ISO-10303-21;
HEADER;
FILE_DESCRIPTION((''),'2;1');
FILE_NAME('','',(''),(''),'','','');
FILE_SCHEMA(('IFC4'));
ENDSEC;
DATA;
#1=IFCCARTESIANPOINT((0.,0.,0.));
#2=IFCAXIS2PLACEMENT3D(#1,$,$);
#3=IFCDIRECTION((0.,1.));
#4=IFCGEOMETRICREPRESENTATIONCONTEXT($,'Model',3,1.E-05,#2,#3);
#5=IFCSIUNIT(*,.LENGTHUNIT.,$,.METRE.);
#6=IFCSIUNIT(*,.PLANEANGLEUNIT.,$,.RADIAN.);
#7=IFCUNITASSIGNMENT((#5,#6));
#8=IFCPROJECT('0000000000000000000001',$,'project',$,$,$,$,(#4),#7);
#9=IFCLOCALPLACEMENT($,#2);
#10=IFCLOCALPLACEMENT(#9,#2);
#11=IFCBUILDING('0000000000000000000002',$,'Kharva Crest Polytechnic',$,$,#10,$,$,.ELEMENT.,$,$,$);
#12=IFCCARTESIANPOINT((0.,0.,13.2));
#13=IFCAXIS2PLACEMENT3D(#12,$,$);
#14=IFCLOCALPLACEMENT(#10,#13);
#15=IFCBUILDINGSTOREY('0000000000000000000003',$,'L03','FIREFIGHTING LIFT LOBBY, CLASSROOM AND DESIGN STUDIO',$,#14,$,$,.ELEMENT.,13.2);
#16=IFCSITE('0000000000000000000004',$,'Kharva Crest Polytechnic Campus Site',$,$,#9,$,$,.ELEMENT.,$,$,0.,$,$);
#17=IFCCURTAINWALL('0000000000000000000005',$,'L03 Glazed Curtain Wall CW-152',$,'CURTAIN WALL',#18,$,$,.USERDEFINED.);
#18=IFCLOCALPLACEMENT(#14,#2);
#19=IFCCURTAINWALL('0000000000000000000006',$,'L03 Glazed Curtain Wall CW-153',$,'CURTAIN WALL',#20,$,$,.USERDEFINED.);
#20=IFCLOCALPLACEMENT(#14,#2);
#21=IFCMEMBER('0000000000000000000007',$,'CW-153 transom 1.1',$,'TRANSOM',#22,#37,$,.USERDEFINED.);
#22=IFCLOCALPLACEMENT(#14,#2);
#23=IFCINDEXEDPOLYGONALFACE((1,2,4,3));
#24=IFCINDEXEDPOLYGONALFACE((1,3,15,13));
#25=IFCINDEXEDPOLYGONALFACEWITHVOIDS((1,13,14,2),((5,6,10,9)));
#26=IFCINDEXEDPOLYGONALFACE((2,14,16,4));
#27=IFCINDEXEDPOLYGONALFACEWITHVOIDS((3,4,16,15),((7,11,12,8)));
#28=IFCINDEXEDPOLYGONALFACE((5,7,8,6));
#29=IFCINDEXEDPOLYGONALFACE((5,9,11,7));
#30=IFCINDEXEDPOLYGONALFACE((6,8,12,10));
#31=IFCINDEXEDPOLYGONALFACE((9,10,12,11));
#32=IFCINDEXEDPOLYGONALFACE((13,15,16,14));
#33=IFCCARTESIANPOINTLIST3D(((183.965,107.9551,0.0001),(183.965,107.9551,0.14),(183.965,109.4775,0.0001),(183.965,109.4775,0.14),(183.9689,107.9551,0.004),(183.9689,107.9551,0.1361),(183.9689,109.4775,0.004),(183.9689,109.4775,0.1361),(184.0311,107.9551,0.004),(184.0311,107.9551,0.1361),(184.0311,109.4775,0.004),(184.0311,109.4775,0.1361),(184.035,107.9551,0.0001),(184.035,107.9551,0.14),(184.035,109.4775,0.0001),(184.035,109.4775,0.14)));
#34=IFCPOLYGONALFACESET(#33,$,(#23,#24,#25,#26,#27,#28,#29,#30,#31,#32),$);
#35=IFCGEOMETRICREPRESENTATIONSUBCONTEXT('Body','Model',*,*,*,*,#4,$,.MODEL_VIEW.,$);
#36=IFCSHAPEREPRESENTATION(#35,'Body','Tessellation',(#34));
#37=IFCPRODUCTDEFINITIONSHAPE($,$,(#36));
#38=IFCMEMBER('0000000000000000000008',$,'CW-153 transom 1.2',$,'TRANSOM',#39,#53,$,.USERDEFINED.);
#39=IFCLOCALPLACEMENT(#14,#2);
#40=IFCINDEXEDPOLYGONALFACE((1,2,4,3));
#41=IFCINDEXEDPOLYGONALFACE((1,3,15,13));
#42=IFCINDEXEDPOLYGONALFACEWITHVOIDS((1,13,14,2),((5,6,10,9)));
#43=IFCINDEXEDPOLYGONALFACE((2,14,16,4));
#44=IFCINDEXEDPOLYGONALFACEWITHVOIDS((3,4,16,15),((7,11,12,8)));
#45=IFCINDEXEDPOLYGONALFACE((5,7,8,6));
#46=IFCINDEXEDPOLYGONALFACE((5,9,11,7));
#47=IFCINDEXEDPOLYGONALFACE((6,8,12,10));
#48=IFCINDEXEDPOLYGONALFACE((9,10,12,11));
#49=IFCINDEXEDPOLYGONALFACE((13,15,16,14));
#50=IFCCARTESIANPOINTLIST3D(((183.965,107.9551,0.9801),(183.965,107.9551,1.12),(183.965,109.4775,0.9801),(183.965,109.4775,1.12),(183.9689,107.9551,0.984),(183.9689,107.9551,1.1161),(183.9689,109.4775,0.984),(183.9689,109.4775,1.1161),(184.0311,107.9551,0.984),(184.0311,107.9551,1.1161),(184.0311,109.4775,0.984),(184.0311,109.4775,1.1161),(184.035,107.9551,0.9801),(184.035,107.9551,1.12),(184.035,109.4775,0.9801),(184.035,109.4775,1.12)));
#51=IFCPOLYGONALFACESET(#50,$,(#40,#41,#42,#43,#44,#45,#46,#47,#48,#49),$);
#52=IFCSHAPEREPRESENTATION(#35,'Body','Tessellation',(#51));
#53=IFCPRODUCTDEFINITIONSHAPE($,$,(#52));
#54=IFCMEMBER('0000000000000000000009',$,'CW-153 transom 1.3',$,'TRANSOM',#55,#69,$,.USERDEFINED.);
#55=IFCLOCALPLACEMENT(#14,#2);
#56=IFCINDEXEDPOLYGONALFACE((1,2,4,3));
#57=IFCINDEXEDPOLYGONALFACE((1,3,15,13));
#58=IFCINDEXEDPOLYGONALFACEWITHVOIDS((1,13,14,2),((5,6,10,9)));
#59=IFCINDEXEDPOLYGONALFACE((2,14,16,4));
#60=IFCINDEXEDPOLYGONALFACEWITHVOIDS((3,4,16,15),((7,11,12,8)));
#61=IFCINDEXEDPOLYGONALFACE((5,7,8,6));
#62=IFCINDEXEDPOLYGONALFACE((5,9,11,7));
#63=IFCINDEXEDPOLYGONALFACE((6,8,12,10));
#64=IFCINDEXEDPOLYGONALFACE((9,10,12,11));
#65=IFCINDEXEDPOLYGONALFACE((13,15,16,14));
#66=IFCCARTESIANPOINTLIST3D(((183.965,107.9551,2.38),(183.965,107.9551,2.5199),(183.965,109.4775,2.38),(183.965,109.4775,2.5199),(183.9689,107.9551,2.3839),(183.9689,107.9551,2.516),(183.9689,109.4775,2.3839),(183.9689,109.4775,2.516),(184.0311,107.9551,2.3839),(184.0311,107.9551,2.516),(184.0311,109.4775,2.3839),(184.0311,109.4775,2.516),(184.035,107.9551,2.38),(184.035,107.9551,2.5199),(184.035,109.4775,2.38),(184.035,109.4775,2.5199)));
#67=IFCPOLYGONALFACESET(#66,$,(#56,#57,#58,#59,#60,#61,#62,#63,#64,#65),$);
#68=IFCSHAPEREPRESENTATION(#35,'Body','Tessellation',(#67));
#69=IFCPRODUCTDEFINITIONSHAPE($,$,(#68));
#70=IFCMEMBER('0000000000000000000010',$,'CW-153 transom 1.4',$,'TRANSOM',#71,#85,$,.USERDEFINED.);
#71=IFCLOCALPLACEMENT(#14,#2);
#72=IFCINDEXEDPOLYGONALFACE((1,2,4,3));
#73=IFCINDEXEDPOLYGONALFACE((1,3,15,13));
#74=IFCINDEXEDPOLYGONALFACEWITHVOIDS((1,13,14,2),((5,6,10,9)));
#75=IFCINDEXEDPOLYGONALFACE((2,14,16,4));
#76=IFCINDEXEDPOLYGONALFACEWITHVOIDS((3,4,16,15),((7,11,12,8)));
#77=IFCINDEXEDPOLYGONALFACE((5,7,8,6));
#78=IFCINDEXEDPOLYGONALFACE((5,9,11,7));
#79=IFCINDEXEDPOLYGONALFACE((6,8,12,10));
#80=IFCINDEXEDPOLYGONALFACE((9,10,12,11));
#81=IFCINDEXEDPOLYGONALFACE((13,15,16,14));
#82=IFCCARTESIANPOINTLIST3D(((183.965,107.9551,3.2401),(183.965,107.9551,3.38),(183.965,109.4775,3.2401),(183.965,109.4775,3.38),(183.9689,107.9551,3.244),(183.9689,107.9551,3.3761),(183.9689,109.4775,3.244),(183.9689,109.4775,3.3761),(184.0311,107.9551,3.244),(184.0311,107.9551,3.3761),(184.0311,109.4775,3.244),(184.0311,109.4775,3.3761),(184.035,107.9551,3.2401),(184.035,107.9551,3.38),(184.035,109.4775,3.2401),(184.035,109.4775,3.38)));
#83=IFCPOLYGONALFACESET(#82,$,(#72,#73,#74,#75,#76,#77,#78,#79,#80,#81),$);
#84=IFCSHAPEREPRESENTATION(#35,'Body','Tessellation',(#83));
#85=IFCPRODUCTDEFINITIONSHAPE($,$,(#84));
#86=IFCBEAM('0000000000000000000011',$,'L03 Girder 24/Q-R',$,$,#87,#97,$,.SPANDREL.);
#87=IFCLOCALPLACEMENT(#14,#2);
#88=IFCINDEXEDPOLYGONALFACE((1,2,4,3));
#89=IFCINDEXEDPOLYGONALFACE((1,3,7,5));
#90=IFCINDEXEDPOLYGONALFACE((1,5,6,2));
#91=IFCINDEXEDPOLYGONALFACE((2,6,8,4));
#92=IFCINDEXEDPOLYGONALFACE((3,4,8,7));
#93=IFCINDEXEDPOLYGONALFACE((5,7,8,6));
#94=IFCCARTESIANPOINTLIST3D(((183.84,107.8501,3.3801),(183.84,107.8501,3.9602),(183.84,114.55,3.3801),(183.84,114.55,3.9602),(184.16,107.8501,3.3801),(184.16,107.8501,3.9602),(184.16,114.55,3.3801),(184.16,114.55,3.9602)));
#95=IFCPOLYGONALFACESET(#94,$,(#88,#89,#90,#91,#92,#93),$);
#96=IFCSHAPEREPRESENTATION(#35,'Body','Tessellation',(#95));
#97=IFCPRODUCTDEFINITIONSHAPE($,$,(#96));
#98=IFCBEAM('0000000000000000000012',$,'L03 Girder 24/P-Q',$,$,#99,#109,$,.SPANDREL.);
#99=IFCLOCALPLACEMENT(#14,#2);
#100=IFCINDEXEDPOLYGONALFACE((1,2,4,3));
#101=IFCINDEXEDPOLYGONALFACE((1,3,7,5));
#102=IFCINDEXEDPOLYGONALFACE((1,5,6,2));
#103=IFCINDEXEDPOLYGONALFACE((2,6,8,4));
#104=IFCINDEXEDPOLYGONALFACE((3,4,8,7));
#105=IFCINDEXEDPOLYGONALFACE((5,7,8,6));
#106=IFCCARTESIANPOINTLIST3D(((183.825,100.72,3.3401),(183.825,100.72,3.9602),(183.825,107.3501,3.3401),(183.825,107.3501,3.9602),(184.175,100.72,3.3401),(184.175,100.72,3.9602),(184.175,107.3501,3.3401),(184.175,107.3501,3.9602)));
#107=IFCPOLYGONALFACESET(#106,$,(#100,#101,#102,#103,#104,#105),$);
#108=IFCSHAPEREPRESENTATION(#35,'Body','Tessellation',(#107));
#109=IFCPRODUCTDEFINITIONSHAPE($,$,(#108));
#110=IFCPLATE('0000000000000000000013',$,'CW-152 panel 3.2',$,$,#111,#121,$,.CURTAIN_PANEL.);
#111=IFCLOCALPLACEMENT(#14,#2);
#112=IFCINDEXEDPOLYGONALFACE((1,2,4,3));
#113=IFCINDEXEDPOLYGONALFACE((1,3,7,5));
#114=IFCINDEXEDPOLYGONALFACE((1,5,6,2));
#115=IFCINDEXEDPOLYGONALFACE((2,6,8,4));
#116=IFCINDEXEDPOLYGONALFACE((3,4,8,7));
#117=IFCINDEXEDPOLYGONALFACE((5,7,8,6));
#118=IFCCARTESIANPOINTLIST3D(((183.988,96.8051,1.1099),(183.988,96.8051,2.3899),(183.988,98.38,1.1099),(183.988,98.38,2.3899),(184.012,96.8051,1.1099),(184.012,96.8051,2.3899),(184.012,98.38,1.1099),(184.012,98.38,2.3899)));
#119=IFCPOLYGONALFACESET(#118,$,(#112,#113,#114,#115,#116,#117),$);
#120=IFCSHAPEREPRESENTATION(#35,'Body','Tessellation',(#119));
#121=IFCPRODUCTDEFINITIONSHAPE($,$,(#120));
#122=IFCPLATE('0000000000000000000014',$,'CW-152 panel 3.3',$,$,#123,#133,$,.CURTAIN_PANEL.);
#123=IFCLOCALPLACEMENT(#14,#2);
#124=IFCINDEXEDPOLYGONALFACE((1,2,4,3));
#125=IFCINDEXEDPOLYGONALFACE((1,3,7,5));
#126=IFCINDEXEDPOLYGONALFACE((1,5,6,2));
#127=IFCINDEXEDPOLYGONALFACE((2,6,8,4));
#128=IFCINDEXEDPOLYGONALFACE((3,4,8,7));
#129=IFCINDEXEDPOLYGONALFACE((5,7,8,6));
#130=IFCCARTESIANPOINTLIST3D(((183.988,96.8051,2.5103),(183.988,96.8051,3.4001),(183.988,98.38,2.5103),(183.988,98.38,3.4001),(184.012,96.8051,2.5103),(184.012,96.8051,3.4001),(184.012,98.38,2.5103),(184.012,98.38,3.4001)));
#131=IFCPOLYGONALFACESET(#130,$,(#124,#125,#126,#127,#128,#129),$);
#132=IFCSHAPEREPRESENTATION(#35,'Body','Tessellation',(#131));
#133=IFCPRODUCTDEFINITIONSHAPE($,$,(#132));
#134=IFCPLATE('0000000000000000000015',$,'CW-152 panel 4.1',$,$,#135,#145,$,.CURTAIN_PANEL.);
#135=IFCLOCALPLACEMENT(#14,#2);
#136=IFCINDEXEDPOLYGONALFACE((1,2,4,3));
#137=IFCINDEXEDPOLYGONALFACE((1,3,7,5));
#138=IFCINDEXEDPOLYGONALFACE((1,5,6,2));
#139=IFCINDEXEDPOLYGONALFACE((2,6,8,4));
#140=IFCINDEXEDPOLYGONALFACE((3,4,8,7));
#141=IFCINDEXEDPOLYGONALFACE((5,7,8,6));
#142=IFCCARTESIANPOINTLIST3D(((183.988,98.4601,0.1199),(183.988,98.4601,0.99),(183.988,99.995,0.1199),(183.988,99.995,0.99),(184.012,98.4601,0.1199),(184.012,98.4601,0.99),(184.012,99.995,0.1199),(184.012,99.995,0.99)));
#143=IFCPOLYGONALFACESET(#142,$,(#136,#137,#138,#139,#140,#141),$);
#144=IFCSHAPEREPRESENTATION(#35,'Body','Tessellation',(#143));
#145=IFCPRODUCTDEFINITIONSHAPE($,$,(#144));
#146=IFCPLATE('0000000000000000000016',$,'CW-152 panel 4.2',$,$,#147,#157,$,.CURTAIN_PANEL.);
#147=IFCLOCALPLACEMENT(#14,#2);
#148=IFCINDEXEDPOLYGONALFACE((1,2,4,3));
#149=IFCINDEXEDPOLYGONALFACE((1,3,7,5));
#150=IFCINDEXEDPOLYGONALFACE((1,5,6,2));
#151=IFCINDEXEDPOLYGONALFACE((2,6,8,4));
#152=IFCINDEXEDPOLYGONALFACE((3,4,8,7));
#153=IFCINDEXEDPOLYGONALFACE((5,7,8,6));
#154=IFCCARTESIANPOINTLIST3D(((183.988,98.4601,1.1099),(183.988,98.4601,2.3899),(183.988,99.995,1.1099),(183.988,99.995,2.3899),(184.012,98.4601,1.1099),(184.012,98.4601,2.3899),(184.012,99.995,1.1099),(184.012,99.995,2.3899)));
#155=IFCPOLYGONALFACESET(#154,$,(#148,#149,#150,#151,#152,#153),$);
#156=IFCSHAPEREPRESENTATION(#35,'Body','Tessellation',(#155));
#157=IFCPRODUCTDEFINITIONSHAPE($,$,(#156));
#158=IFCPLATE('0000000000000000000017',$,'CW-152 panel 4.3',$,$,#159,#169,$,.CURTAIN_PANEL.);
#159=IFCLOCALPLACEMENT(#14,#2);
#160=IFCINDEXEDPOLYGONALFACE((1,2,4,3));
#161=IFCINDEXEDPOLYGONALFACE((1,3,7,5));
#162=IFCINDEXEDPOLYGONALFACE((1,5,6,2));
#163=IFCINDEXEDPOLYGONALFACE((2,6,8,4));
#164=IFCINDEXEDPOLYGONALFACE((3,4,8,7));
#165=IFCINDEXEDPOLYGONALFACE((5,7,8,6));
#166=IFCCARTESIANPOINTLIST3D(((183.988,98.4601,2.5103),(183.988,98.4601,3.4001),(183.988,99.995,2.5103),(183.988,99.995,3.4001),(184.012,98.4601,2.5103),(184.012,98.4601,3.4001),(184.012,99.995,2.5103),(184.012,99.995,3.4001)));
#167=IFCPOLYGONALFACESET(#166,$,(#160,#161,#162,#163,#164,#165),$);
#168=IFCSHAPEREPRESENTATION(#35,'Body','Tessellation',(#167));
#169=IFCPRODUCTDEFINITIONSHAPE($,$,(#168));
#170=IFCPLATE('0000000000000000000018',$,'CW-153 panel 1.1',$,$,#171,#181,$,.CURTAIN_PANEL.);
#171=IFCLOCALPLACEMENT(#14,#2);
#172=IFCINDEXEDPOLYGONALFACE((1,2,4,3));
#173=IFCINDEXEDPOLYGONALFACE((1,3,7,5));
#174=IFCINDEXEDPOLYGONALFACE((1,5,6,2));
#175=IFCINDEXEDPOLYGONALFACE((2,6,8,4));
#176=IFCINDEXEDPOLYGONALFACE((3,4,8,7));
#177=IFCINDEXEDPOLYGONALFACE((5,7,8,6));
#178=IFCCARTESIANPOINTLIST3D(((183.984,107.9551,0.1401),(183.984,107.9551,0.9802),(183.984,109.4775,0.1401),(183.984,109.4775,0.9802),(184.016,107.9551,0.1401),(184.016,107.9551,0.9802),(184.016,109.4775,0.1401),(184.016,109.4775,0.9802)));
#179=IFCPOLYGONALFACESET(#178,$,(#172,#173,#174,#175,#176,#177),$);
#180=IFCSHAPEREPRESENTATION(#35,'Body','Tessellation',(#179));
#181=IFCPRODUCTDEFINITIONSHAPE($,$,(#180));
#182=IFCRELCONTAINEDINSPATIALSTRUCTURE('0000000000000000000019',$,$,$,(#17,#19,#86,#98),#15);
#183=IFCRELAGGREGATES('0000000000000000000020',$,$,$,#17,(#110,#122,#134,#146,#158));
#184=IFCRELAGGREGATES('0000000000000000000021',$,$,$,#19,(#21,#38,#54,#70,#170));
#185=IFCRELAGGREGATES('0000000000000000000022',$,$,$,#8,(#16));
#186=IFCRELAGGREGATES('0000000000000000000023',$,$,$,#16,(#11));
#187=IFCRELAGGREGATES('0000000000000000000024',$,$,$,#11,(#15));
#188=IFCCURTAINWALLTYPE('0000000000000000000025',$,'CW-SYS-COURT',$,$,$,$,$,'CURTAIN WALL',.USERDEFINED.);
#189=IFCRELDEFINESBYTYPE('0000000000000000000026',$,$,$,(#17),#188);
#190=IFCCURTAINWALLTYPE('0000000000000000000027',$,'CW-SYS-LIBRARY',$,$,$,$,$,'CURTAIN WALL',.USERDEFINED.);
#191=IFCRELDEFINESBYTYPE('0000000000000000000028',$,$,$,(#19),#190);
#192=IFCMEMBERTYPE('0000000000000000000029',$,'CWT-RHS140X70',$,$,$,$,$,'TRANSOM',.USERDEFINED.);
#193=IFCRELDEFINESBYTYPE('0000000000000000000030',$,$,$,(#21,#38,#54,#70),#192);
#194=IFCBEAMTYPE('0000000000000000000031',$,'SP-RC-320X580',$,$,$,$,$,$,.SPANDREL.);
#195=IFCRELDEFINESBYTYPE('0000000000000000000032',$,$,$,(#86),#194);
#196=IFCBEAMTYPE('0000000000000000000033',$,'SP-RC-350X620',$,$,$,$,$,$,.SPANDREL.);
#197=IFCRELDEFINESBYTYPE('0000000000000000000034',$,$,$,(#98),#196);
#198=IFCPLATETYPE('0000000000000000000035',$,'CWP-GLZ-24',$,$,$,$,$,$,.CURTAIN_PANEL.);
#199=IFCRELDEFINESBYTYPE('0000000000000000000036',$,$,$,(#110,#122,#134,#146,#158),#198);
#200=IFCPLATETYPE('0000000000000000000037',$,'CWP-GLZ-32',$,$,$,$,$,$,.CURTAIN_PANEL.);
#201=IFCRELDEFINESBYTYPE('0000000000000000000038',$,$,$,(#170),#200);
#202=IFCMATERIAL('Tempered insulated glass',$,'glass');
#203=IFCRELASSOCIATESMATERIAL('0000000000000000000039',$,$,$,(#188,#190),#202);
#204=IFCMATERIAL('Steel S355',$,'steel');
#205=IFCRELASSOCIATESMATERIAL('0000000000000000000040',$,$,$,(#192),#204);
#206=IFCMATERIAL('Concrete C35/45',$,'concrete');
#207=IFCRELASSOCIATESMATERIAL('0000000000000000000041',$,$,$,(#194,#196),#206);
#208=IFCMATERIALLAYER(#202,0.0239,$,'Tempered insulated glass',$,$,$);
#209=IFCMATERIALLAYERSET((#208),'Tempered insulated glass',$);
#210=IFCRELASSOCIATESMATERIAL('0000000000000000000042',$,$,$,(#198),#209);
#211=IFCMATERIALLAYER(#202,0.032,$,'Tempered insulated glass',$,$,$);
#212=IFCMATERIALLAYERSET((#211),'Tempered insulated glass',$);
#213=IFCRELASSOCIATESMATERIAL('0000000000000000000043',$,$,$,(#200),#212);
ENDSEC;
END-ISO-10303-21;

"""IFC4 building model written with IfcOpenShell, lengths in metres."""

from ifc_helpers import new_model, si_unit, direction, frame, origin, origin_2d, place, context, subcontext, project, spatial, rectangle, hollow_rectangle, extrude, material, layer, layer_set, material_profile, profile_set, type_object, element, aggregate, save


model = new_model("IFC4")

# Units and contexts
model_context = context("Model", 3, precision=1e-05, world=origin(), true_north=direction((0.0, 1.0)))
body_context = subcontext(model_context, "Body", "Model", "MODEL_VIEW")
ifc_project = project(units=[si_unit("LENGTHUNIT", "METRE"), si_unit("PLANEANGLEUNIT", "RADIAN")], contexts=[model_context])

# Site, building, storey
site_placement = place(None, origin())
site = spatial("IfcSite", under=ifc_project, at=site_placement, Name="Kharva Crest Polytechnic Campus Site", CompositionType="ELEMENT", RefElevation=0.0)
building_placement = place(site_placement, origin())
building = spatial("IfcBuilding", under=site, at=building_placement, Name="Kharva Crest Polytechnic", CompositionType="ELEMENT")
storey_placement = place(building_placement, frame((0.0, 0.0, 13.2)))
storey = spatial("IfcBuildingStorey", under=building, at=storey_placement, Name="L03", Description="FIREFIGHTING LIFT LOBBY, CLASSROOM AND DESIGN STUDIO", CompositionType="ELEMENT", Elevation=13.2)

# Curtain wall
ifc_material_1 = material(Name="Tempered insulated glass", Category="glass")
curtain_wall_type_1 = type_object("IfcCurtainWallType", Name="CW-SYS-COURT", ElementType="CURTAIN WALL", PredefinedType="USERDEFINED", material=ifc_material_1)
curtain_wall_1_placement = place(storey_placement, origin())
curtain_wall_1 = element("IfcCurtainWall", 1, at=curtain_wall_1_placement, inside=storey, type_object=curtain_wall_type_1, Name="L03 Glazed Curtain Wall CW-152", ObjectType="CURTAIN WALL", PredefinedType="USERDEFINED")
ifc_material_2 = material(Name="Steel S355", Category="steel")

# Curtain wall
curtain_wall_type_2 = type_object("IfcCurtainWallType", Name="CW-SYS-LIBRARY", ElementType="CURTAIN WALL", PredefinedType="USERDEFINED", material=ifc_material_1)
curtain_wall_2_placement = place(storey_placement, origin())
curtain_wall_2 = element("IfcCurtainWall", 2, at=curtain_wall_2_placement, inside=storey, type_object=curtain_wall_type_2, Name="L03 Glazed Curtain Wall CW-153", ObjectType="CURTAIN WALL", PredefinedType="USERDEFINED")

# Members
ifc_material_profile_1 = material_profile(ifc_material_2, hollow_rectangle(XDim=0.0701, YDim=0.1399, WallThickness=0.0039, at=origin_2d()), Name="RHS 140X70X4.0")
ifc_profile_set_1 = profile_set([ifc_material_profile_1], Name="Steel S355")
member_type_1 = type_object("IfcMemberType", Name="CWT-RHS140X70", ElementType="TRANSOM", PredefinedType="USERDEFINED", material=ifc_profile_set_1)
member_1_placement = place(storey_placement, frame((184.0, 107.9551, 0.0701), z_axis=(0.0, 1.0, 0.0), x_axis=(-1.0, 0.0, 0.0)))
member_1 = element("IfcMember", 3, at=member_1_placement, type_object=member_type_1, Name="CW-153 transom 1.1", ObjectType="TRANSOM", PredefinedType="USERDEFINED", context=body_context, shape_type="SweptSolid", body=[
    extrude(hollow_rectangle(XDim=0.0701, YDim=0.1399, WallThickness=0.0039, at=origin_2d()), origin(), (0.0, 0.0, 1.0), 1.5225),
])
member_2_placement = place(storey_placement, frame((184.0, 107.9551, 1.05), z_axis=(0.0, 1.0, 0.0), x_axis=(-1.0, 0.0, 0.0)))
member_2 = element("IfcMember", 4, at=member_2_placement, type_object=member_type_1, Name="CW-153 transom 1.2", ObjectType="TRANSOM", PredefinedType="USERDEFINED", context=body_context, shape_type="SweptSolid", body=[
    extrude(hollow_rectangle(XDim=0.0701, YDim=0.1399, WallThickness=0.0039, at=origin_2d()), origin(), (0.0, 0.0, 1.0), 1.5225),
])
member_3_placement = place(storey_placement, frame((184.0, 107.9551, 2.45), z_axis=(0.0, 1.0, 0.0), x_axis=(-1.0, 0.0, 0.0)))
member_3 = element("IfcMember", 5, at=member_3_placement, type_object=member_type_1, Name="CW-153 transom 1.3", ObjectType="TRANSOM", PredefinedType="USERDEFINED", context=body_context, shape_type="SweptSolid", body=[
    extrude(hollow_rectangle(XDim=0.0701, YDim=0.1399, WallThickness=0.0039, at=origin_2d()), origin(), (0.0, 0.0, 1.0), 1.5225),
])
member_4_placement = place(storey_placement, frame((184.0, 107.9551, 3.3101), z_axis=(0.0, 1.0, 0.0), x_axis=(-1.0, 0.0, 0.0)))
member_4 = element("IfcMember", 6, at=member_4_placement, type_object=member_type_1, Name="CW-153 transom 1.4", ObjectType="TRANSOM", PredefinedType="USERDEFINED", context=body_context, shape_type="SweptSolid", body=[
    extrude(hollow_rectangle(XDim=0.0701, YDim=0.1399, WallThickness=0.0039, at=origin_2d()), origin(), (0.0, 0.0, 1.0), 1.5225),
])

# Beams
ifc_material_3 = material(Name="Concrete C35/45", Category="concrete")
ifc_material_profile_2 = material_profile(ifc_material_3, rectangle(XDim=0.3201, YDim=0.5801, at=origin_2d()), Name="RECT 320 X 580")
ifc_profile_set_2 = profile_set([ifc_material_profile_2], Name="Concrete C35/45")
beam_type_1 = type_object("IfcBeamType", Name="SP-RC-320X580", PredefinedType="SPANDREL", material=ifc_profile_set_2)
beam_1_placement = place(storey_placement, frame((184.0, 107.8501, 3.6702), z_axis=(0.0, 1.0, 0.0), x_axis=(-1.0, 0.0, 0.0)))
element("IfcBeam", 7, at=beam_1_placement, inside=storey, type_object=beam_type_1, Name="L03 Girder 24/Q-R", PredefinedType="SPANDREL", context=body_context, shape_type="SweptSolid", body=[
    extrude(rectangle(XDim=0.3201, YDim=0.5801, at=origin_2d()), origin(), (0.0, 0.0, 1.0), 6.7),
])
ifc_material_profile_3 = material_profile(ifc_material_3, rectangle(XDim=0.3501, YDim=0.6201, at=origin_2d()), Name="RECT 350 X 620")
ifc_profile_set_3 = profile_set([ifc_material_profile_3], Name="Concrete C35/45")
beam_type_2 = type_object("IfcBeamType", Name="SP-RC-350X620", PredefinedType="SPANDREL", material=ifc_profile_set_3)
beam_2_placement = place(storey_placement, frame((184.0, 100.72, 3.6501), z_axis=(0.0, 1.0, 0.0), x_axis=(-1.0, 0.0, 0.0)))
element("IfcBeam", 8, at=beam_2_placement, inside=storey, type_object=beam_type_2, Name="L03 Girder 24/P-Q", PredefinedType="SPANDREL", context=body_context, shape_type="SweptSolid", body=[
    extrude(rectangle(XDim=0.3501, YDim=0.6201, at=origin_2d()), origin(), (0.0, 0.0, 1.0), 6.6301),
])

# Plates
ifc_layer_1 = layer(ifc_material_1, 0.0239, Name="Tempered insulated glass")
ifc_layer_set_1 = layer_set([ifc_layer_1], Name="Tempered insulated glass")
plate_type_1 = type_object("IfcPlateType", Name="CWP-GLZ-24", PredefinedType="CURTAIN_PANEL", material=ifc_layer_set_1)
plate_1_placement = place(storey_placement, frame((184.0, 97.5925, 1.1099), z_axis=(0.0, 0.0, 1.0), x_axis=(0.0, 1.0, 0.0)))
plate_1 = element("IfcPlate", 9, at=plate_1_placement, type_object=plate_type_1, Name="CW-152 panel 3.2", PredefinedType="CURTAIN_PANEL", context=body_context, shape_type="SweptSolid", body=[
    extrude(rectangle(XDim=1.575, YDim=0.0239, at=origin_2d()), origin(), (0.0, 0.0, 1.0), 1.28),
])
plate_2_placement = place(storey_placement, frame((184.0, 97.5925, 2.5103), z_axis=(0.0, 0.0, 1.0), x_axis=(0.0, 1.0, 0.0)))
plate_2 = element("IfcPlate", 10, at=plate_2_placement, type_object=plate_type_1, Name="CW-152 panel 3.3", PredefinedType="CURTAIN_PANEL", context=body_context, shape_type="SweptSolid", body=[
    extrude(rectangle(XDim=1.575, YDim=0.0239, at=origin_2d()), origin(), (0.0, 0.0, 1.0), 0.8899),
])
plate_3_placement = place(storey_placement, frame((184.0, 99.2275, 0.1199), z_axis=(0.0, 0.0, 1.0), x_axis=(0.0, 1.0, 0.0)))
plate_3 = element("IfcPlate", 11, at=plate_3_placement, type_object=plate_type_1, Name="CW-152 panel 4.1", PredefinedType="CURTAIN_PANEL", context=body_context, shape_type="SweptSolid", body=[
    extrude(rectangle(XDim=1.5349, YDim=0.0239, at=origin_2d()), origin(), (0.0, 0.0, 1.0), 0.8701),
])
plate_4_placement = place(storey_placement, frame((184.0, 99.2275, 1.1099), z_axis=(0.0, 0.0, 1.0), x_axis=(0.0, 1.0, 0.0)))
plate_4 = element("IfcPlate", 12, at=plate_4_placement, type_object=plate_type_1, Name="CW-152 panel 4.2", PredefinedType="CURTAIN_PANEL", context=body_context, shape_type="SweptSolid", body=[
    extrude(rectangle(XDim=1.5349, YDim=0.0239, at=origin_2d()), origin(), (0.0, 0.0, 1.0), 1.28),
])
plate_5_placement = place(storey_placement, frame((184.0, 99.2275, 2.5103), z_axis=(0.0, 0.0, 1.0), x_axis=(0.0, 1.0, 0.0)))
plate_5 = element("IfcPlate", 13, at=plate_5_placement, type_object=plate_type_1, Name="CW-152 panel 4.3", PredefinedType="CURTAIN_PANEL", context=body_context, shape_type="SweptSolid", body=[
    extrude(rectangle(XDim=1.5349, YDim=0.0239, at=origin_2d()), origin(), (0.0, 0.0, 1.0), 0.8899),
])
aggregate(curtain_wall_1, [plate_1, plate_2, plate_3, plate_4, plate_5])
ifc_layer_2 = layer(ifc_material_1, 0.032, Name="Tempered insulated glass")
ifc_layer_set_2 = layer_set([ifc_layer_2], Name="Tempered insulated glass")
plate_type_2 = type_object("IfcPlateType", Name="CWP-GLZ-32", PredefinedType="CURTAIN_PANEL", material=ifc_layer_set_2)
plate_6_placement = place(storey_placement, frame((184.0, 108.7163, 0.1401), z_axis=(0.0, 0.0, 1.0), x_axis=(0.0, 1.0, 0.0)))
plate_6 = element("IfcPlate", 14, at=plate_6_placement, type_object=plate_type_2, Name="CW-153 panel 1.1", PredefinedType="CURTAIN_PANEL", context=body_context, shape_type="SweptSolid", body=[
    extrude(rectangle(XDim=1.5225, YDim=0.032, at=origin_2d()), origin(), (0.0, 0.0, 1.0), 0.8401),
])
aggregate(curtain_wall_2, [member_1, member_2, member_3, member_4, plate_6])

save(model, "model.ifc")
